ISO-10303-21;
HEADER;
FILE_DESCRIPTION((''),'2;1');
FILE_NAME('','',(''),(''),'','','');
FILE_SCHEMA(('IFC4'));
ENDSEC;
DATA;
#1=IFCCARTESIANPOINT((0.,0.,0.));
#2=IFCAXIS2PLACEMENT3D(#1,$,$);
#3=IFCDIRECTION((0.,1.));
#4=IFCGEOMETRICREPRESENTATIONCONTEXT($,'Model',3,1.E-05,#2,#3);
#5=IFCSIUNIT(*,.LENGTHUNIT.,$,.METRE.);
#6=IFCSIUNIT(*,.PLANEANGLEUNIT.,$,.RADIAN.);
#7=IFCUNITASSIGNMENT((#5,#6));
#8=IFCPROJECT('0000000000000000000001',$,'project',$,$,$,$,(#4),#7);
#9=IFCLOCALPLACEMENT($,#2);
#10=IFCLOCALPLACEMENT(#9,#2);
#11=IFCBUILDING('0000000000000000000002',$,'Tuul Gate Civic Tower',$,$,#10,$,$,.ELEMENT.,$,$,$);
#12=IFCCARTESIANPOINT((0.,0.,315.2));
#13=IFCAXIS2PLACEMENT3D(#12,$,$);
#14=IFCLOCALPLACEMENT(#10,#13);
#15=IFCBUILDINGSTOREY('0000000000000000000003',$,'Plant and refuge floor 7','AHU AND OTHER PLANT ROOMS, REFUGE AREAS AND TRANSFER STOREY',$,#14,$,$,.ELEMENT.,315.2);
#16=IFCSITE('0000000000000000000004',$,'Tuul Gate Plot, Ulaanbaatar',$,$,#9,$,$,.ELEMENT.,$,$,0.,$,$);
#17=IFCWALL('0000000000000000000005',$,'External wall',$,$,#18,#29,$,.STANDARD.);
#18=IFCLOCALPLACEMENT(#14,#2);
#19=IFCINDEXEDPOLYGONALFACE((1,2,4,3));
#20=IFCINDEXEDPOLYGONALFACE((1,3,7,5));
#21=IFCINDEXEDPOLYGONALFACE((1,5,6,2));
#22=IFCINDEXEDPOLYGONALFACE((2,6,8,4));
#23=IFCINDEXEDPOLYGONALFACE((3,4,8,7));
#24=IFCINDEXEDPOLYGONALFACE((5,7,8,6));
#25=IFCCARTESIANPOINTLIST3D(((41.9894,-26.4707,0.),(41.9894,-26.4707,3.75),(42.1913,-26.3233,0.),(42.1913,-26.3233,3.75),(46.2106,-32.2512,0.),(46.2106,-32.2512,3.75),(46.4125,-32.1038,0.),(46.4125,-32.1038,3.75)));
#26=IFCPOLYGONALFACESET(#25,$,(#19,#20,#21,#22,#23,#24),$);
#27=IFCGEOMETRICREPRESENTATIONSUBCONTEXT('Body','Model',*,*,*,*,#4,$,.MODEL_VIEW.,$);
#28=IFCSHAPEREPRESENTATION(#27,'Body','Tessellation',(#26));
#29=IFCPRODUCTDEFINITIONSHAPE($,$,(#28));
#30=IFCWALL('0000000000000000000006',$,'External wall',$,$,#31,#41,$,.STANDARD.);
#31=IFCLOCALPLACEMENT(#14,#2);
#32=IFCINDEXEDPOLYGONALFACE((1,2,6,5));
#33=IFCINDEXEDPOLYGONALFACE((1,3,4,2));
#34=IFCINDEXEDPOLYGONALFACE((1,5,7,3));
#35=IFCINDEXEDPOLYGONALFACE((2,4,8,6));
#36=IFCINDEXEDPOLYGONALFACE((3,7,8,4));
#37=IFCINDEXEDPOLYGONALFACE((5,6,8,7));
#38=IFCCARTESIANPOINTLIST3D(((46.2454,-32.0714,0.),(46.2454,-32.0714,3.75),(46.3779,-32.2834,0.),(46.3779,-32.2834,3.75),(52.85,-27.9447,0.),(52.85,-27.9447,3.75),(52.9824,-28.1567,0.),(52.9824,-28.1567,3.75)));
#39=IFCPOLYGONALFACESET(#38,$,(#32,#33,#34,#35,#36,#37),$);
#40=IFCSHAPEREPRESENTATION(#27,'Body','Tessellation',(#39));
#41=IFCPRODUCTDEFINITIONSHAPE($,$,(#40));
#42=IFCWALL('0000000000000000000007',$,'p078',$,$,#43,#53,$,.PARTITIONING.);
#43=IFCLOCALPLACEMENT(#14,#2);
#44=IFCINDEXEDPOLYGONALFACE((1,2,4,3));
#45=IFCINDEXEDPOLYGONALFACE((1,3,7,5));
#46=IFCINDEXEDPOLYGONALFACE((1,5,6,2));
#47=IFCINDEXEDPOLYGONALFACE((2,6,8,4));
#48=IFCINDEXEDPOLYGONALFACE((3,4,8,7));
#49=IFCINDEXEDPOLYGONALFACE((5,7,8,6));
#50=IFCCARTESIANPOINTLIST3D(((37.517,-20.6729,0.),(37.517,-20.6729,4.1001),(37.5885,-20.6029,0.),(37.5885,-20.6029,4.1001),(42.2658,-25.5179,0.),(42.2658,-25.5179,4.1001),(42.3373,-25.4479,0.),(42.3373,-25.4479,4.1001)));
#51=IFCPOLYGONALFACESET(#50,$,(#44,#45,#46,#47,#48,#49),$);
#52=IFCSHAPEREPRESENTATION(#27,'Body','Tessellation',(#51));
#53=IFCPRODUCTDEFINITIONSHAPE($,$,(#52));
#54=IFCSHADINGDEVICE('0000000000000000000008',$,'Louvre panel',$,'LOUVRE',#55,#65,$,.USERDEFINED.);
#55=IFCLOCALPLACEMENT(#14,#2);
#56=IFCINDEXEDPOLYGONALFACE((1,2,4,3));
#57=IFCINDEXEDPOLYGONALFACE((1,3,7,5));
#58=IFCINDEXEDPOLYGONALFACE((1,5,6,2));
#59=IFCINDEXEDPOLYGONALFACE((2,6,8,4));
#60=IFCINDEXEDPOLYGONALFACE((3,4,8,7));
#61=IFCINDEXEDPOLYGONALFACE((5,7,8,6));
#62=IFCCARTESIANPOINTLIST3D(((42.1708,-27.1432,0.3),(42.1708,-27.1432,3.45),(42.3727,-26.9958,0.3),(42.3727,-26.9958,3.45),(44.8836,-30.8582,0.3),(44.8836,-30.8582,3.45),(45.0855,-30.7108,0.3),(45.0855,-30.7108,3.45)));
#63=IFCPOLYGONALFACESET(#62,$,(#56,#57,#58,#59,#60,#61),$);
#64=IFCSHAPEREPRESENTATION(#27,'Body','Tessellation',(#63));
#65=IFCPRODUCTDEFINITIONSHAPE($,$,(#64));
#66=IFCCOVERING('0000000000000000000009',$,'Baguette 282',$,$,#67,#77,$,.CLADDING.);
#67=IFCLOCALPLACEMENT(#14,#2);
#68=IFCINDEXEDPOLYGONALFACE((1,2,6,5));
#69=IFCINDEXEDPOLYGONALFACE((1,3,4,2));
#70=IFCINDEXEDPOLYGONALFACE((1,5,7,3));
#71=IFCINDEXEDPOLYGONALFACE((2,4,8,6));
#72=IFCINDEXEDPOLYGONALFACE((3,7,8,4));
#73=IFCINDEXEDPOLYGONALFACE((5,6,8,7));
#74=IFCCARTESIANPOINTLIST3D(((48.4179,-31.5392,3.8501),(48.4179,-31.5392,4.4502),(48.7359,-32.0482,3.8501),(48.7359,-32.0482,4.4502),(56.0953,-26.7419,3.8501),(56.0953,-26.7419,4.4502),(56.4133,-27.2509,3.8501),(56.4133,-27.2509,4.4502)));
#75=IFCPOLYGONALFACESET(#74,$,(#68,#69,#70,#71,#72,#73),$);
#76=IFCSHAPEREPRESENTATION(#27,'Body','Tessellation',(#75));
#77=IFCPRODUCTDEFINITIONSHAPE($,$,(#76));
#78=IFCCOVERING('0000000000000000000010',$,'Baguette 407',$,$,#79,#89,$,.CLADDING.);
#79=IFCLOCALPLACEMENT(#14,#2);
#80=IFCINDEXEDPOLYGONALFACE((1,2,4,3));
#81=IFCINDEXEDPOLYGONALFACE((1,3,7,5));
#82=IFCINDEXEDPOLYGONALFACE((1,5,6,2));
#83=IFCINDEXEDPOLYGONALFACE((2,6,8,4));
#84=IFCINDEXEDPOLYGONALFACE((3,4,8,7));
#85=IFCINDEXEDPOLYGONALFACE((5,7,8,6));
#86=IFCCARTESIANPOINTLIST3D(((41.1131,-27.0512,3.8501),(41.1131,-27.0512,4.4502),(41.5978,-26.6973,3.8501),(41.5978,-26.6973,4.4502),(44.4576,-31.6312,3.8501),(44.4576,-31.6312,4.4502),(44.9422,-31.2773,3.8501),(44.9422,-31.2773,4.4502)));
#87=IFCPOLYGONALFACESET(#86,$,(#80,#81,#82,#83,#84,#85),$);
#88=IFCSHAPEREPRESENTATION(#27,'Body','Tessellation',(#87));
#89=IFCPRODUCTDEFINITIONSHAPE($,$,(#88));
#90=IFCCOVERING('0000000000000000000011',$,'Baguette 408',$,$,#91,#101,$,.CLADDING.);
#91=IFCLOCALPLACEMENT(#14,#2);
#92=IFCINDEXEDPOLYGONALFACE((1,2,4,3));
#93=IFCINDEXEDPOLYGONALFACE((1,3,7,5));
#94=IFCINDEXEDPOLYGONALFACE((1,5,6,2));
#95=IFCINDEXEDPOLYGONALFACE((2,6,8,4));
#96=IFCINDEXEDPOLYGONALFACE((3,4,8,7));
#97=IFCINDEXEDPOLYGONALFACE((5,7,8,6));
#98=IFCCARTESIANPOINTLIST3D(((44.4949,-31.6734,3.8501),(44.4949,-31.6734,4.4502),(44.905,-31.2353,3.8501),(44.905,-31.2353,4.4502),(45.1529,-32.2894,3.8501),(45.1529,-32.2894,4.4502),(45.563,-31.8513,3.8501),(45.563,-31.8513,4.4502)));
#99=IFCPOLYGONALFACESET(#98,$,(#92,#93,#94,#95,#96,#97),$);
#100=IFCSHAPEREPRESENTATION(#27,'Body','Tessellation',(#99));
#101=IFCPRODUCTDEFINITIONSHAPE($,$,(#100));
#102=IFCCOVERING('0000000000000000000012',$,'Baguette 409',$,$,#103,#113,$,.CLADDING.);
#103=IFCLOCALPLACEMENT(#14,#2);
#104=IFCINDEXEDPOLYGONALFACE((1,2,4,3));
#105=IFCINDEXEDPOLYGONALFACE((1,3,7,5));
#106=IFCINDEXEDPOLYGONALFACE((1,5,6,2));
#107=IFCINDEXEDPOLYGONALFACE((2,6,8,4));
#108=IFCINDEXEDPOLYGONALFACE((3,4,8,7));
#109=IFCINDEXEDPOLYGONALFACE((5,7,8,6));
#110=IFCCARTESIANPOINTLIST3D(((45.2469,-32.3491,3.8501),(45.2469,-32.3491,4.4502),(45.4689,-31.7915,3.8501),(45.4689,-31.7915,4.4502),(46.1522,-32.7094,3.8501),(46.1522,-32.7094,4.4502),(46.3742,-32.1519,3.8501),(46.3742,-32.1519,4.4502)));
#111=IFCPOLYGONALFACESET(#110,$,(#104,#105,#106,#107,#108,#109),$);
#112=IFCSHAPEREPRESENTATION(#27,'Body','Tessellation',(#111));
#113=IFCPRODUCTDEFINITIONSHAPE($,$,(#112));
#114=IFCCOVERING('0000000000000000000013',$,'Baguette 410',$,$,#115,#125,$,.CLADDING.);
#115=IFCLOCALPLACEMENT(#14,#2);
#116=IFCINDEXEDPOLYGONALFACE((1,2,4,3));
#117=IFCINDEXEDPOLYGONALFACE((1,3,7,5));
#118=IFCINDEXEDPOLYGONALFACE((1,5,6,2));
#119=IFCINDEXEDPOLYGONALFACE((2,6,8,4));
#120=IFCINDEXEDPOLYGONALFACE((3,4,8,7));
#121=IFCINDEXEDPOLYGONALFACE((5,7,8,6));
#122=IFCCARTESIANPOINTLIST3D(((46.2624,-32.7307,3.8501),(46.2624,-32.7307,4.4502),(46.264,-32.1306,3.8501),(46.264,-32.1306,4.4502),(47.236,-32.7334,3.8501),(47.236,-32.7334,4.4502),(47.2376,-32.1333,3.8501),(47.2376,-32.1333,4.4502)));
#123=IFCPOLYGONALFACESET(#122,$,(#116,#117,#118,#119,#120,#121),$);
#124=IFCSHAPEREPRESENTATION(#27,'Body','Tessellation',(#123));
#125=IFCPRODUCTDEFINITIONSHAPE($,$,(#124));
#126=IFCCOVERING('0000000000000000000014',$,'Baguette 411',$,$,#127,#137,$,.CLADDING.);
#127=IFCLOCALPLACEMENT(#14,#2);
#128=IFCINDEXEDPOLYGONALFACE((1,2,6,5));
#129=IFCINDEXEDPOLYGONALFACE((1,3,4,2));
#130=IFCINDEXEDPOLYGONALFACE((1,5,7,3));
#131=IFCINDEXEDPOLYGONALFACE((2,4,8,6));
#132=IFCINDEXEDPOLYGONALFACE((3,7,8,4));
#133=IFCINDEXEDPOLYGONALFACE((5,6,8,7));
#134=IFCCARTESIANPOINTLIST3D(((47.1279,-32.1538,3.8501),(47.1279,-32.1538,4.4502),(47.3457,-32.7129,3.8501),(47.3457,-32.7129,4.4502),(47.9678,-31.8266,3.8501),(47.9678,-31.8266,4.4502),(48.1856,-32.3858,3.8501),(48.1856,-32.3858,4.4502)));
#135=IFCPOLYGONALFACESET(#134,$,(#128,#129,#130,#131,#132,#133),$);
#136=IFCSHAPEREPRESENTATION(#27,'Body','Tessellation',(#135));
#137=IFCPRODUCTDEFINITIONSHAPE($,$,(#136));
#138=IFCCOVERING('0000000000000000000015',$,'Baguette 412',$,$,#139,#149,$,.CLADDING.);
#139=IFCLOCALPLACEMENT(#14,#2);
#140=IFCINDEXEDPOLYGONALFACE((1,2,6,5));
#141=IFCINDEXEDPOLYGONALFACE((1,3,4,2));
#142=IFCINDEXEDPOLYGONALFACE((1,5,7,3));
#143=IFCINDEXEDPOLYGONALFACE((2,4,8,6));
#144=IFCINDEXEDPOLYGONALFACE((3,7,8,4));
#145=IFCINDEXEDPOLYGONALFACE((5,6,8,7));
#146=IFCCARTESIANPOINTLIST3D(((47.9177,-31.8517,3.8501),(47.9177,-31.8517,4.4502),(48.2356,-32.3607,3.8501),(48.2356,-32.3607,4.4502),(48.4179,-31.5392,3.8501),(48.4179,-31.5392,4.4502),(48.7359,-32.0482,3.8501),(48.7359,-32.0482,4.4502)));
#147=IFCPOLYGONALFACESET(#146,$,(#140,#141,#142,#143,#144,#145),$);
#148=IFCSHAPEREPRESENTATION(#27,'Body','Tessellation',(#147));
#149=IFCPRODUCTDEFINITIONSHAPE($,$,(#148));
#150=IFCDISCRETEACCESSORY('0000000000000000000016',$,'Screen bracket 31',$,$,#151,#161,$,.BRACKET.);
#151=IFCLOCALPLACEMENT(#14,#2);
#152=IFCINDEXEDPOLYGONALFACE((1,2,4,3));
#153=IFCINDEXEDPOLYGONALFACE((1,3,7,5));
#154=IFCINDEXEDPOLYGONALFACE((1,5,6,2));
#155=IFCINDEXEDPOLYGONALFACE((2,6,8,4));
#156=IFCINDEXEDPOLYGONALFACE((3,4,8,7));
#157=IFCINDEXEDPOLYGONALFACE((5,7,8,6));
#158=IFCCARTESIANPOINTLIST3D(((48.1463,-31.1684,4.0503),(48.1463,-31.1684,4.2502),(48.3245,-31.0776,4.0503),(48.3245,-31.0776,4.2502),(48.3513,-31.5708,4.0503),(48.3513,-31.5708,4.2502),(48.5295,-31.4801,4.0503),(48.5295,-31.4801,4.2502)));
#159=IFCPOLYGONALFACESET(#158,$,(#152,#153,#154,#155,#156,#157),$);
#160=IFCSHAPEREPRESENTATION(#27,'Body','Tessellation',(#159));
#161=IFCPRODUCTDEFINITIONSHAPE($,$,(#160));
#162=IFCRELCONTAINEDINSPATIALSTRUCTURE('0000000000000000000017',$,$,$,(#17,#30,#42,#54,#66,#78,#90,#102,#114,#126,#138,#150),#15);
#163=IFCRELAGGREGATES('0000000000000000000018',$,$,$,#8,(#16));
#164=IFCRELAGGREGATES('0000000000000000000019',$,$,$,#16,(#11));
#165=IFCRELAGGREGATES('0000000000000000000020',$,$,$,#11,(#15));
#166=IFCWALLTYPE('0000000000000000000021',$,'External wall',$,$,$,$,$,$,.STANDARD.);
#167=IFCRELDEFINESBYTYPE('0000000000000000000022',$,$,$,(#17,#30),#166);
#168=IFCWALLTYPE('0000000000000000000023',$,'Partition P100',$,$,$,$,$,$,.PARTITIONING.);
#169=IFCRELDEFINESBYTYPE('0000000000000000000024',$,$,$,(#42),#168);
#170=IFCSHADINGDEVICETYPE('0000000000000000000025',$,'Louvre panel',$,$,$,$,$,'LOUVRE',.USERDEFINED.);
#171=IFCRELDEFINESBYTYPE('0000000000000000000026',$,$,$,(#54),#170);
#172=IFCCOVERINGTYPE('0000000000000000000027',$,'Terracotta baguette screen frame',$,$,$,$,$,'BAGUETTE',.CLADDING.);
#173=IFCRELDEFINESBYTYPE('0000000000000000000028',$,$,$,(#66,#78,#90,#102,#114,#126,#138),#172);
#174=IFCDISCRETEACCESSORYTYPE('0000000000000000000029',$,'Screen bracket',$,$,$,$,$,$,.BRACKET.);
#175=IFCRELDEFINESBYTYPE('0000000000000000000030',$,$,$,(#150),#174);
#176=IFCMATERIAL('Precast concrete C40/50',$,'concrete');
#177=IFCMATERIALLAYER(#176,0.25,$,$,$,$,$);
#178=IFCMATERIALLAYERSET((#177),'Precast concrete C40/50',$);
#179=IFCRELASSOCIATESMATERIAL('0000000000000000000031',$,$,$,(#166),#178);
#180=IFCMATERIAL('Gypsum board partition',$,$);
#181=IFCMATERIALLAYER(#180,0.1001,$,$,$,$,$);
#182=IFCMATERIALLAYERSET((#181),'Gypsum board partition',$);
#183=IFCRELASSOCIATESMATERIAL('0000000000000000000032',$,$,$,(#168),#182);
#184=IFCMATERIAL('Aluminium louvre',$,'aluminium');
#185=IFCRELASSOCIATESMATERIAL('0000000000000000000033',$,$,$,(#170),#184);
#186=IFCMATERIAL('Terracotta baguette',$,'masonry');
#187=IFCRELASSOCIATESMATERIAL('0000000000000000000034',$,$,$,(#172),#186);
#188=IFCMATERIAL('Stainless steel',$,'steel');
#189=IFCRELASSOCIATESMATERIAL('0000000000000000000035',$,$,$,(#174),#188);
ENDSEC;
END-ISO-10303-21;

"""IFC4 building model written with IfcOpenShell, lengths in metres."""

from ifc_helpers import new_model, si_unit, direction, frame, frame_2d, origin, origin_2d, place, context, subcontext, project, spatial, rectangle, extrude, material, layer, layer_set, material_profile, profile_set, type_object, element, save


model = new_model("IFC4")

# Units and contexts
model_context = context("Model", 3, precision=1e-05, world=origin(), true_north=direction((0.0, 1.0)))
body_context = subcontext(model_context, "Body", "Model", "MODEL_VIEW")
ifc_project = project(units=[si_unit("LENGTHUNIT", "METRE"), si_unit("PLANEANGLEUNIT", "RADIAN")], contexts=[model_context])

# Site, building, storey
site_placement = place(None, origin())
site = spatial("IfcSite", under=ifc_project, at=site_placement, Name="Tuul Gate Plot, Ulaanbaatar", CompositionType="ELEMENT", RefElevation=0.0)
building_placement = place(site_placement, origin())
building = spatial("IfcBuilding", under=site, at=building_placement, Name="Tuul Gate Civic Tower", CompositionType="ELEMENT")
storey_placement = place(building_placement, frame((0.0, 0.0, 315.2)))
storey = spatial("IfcBuildingStorey", under=building, at=storey_placement, Name="Plant and refuge floor 7", Description="AHU AND OTHER PLANT ROOMS, REFUGE AREAS AND TRANSFER STOREY", CompositionType="ELEMENT", Elevation=315.2)

# Walls
ifc_material_1 = material(Name="Precast concrete C40/50", Category="concrete")
ifc_layer_1 = layer(ifc_material_1, 0.25)
ifc_layer_set_1 = layer_set([ifc_layer_1], Name="Precast concrete C40/50")
wall_type_1 = type_object("IfcWallType", Name="External wall", PredefinedType="STANDARD", material=ifc_layer_set_1)
wall_1_placement = place(storey_placement, frame((42.0903, -26.397, 0.0), z_axis=(0.0, 0.0, 1.0), x_axis=(0.58974, -0.807593, 0.0)))
element("IfcWall", 1, at=wall_1_placement, inside=storey, type_object=wall_type_1, Name="External wall", PredefinedType="STANDARD", context=body_context, shape_type="SweptSolid", body=[
    extrude(rectangle(XDim=7.1577, YDim=0.25, at=frame_2d((3.5789, 0.0))), origin(), (0.0, 0.0, 1.0), 3.75),
])
wall_2_placement = place(storey_placement, frame((46.3115, -32.1775, 0.0), z_axis=(0.0, 0.0, 1.0), x_axis=(0.848062, 0.529897, 0.0)))
element("IfcWall", 2, at=wall_2_placement, inside=storey, type_object=wall_type_1, Name="External wall", PredefinedType="STANDARD", context=body_context, shape_type="SweptSolid", body=[
    extrude(rectangle(XDim=7.7878, YDim=0.25, at=frame_2d((3.894, 0.0))), origin(), (0.0, 0.0, 1.0), 3.75),
])
ifc_material_2 = material(Name="Gypsum board partition")
ifc_layer_2 = layer(ifc_material_2, 0.1001)
ifc_layer_set_2 = layer_set([ifc_layer_2], Name="Gypsum board partition")
wall_type_2 = type_object("IfcWallType", Name="Partition P100", PredefinedType="PARTITIONING", material=ifc_layer_set_2)
wall_3_placement = place(storey_placement, frame((42.3015, -25.4829, 0.0), z_axis=(0.0, 0.0, 1.0), x_axis=(-0.699982, 0.714161, 0.0)))
element("IfcWall", 3, at=wall_3_placement, inside=storey, type_object=wall_type_2, Name="p078", PredefinedType="PARTITIONING", context=body_context, shape_type="SweptSolid", body=[
    extrude(rectangle(XDim=6.7842, YDim=0.1001, at=frame_2d((3.3921, 0.0))), origin(), (0.0, 0.0, 1.0), 4.1001),
])

# Shading device
ifc_material_3 = material(Name="Aluminium louvre", Category="aluminium")
shading_device_type = type_object("IfcShadingDeviceType", Name="Louvre panel", ElementType="LOUVRE", PredefinedType="USERDEFINED", material=ifc_material_3)
shading_device_placement = place(storey_placement, frame((43.6282, -28.927, 0.3), z_axis=(0.0, 0.0, 1.0), x_axis=(-0.807595, -0.589737, 0.0)))
element("IfcShadingDevice", 4, at=shading_device_placement, inside=storey, type_object=shading_device_type, Name="Louvre panel", ObjectType="LOUVRE", PredefinedType="USERDEFINED", context=body_context, shape_type="SweptSolid", body=[
    extrude(rectangle(XDim=0.25, YDim=4.6001, at=origin_2d()), origin(), (0.0, 0.0, 1.0), 3.1499),
])

# Coverings
ifc_material_4 = material(Name="Terracotta baguette", Category="masonry")
ifc_material_profile_1 = material_profile(ifc_material_4, rectangle(XDim=0.6001, YDim=0.6001, at=origin_2d()), Name="Terracotta baguette screen frame")
ifc_profile_set_1 = profile_set([ifc_material_profile_1], Name="Terracotta baguette")
covering_type = type_object("IfcCoveringType", Name="Terracotta baguette screen frame", ElementType="BAGUETTE", PredefinedType="CLADDING", material=ifc_profile_set_1)
covering_1_placement = place(storey_placement, frame((48.5769, -31.7937, 4.1501), z_axis=(0.848051, 0.529914, 0.0), x_axis=(-0.529914, 0.848051, 0.0)))
element("IfcCovering", 5, at=covering_1_placement, inside=storey, type_object=covering_type, Name="Baguette 282", PredefinedType="CLADDING", context=body_context, shape_type="SweptSolid", body=[
    extrude(rectangle(XDim=0.6001, YDim=0.6001, at=origin_2d()), origin(), (0.0, 0.0, 1.0), 9.053),
])
covering_2_placement = place(storey_placement, frame((41.3555, -26.8743, 4.1501), z_axis=(0.589729, -0.807601, 0.0), x_axis=(0.807601, 0.589729, 0.0)))
element("IfcCovering", 6, at=covering_2_placement, inside=storey, type_object=covering_type, Name="Baguette 407", PredefinedType="CLADDING", context=body_context, shape_type="SweptSolid", body=[
    extrude(rectangle(XDim=0.6001, YDim=0.6001, at=origin_2d()), origin(), (0.0, 0.0, 1.0), 5.6711),
])
covering_3_placement = place(storey_placement, frame((44.7, -31.4543, 4.1501), z_axis=(0.730019, -0.683427, 0.0), x_axis=(0.683427, 0.730019, 0.0)))
element("IfcCovering", 7, at=covering_3_placement, inside=storey, type_object=covering_type, Name="Baguette 408", PredefinedType="CLADDING", context=body_context, shape_type="SweptSolid", body=[
    extrude(rectangle(XDim=0.6001, YDim=0.6001, at=origin_2d()), origin(), (0.0, 0.0, 1.0), 0.9014),
])
covering_4_placement = place(storey_placement, frame((45.3579, -32.0703, 4.1501), z_axis=(0.929097, -0.369835, 0.0), x_axis=(0.369835, 0.929097, 0.0)))
element("IfcCovering", 8, at=covering_4_placement, inside=storey, type_object=covering_type, Name="Baguette 409", PredefinedType="CLADDING", context=body_context, shape_type="SweptSolid", body=[
    extrude(rectangle(XDim=0.6001, YDim=0.6001, at=origin_2d()), origin(), (0.0, 0.0, 1.0), 0.9744),
])
covering_5_placement = place(storey_placement, frame((46.2632, -32.4307, 4.1501), z_axis=(0.999996, -0.002758, 0.0), x_axis=(0.002758, 0.999996, 0.0)))
element("IfcCovering", 9, at=covering_5_placement, inside=storey, type_object=covering_type, Name="Baguette 410", PredefinedType="CLADDING", context=body_context, shape_type="SweptSolid", body=[
    extrude(rectangle(XDim=0.6001, YDim=0.6001, at=origin_2d()), origin(), (0.0, 0.0, 1.0), 0.9736),
])
covering_6_placement = place(storey_placement, frame((47.2368, -32.4333, 4.1501), z_axis=(0.931801, 0.362969, 0.0), x_axis=(-0.362969, 0.931801, 0.0)))
element("IfcCovering", 10, at=covering_6_placement, inside=storey, type_object=covering_type, Name="Baguette 411", PredefinedType="CLADDING", context=body_context, shape_type="SweptSolid", body=[
    extrude(rectangle(XDim=0.6001, YDim=0.6001, at=origin_2d()), origin(), (0.0, 0.0, 1.0), 0.9014),
])
covering_7_placement = place(storey_placement, frame((48.0767, -32.1062, 4.1501), z_axis=(0.848115, 0.529813, 0.0), x_axis=(-0.529813, 0.848115, 0.0)))
element("IfcCovering", 11, at=covering_7_placement, inside=storey, type_object=covering_type, Name="Baguette 412", PredefinedType="CLADDING", context=body_context, shape_type="SweptSolid", body=[
    extrude(rectangle(XDim=0.6001, YDim=0.6001, at=origin_2d()), origin(), (0.0, 0.0, 1.0), 0.5898),
])

# Discrete accessory
ifc_material_5 = material(Name="Stainless steel", Category="steel")
discrete_accessory_type = type_object("IfcDiscreteAccessoryType", Name="Screen bracket", PredefinedType="BRACKET", material=ifc_material_5)
discrete_accessory_placement = place(storey_placement, frame((48.3379, -31.3242, 4.0503), z_axis=(0.0, 0.0, 1.0), x_axis=(0.453849, -0.891079, 0.0)))
element("IfcDiscreteAccessory", 12, at=discrete_accessory_placement, inside=storey, type_object=discrete_accessory_type, Name="Screen bracket 31", PredefinedType="BRACKET", context=body_context, shape_type="SweptSolid", body=[
    extrude(rectangle(XDim=0.4517, YDim=0.2, at=origin_2d()), origin(), (0.0, 0.0, 1.0), 0.2),
])

save(model, "model.ifc")
